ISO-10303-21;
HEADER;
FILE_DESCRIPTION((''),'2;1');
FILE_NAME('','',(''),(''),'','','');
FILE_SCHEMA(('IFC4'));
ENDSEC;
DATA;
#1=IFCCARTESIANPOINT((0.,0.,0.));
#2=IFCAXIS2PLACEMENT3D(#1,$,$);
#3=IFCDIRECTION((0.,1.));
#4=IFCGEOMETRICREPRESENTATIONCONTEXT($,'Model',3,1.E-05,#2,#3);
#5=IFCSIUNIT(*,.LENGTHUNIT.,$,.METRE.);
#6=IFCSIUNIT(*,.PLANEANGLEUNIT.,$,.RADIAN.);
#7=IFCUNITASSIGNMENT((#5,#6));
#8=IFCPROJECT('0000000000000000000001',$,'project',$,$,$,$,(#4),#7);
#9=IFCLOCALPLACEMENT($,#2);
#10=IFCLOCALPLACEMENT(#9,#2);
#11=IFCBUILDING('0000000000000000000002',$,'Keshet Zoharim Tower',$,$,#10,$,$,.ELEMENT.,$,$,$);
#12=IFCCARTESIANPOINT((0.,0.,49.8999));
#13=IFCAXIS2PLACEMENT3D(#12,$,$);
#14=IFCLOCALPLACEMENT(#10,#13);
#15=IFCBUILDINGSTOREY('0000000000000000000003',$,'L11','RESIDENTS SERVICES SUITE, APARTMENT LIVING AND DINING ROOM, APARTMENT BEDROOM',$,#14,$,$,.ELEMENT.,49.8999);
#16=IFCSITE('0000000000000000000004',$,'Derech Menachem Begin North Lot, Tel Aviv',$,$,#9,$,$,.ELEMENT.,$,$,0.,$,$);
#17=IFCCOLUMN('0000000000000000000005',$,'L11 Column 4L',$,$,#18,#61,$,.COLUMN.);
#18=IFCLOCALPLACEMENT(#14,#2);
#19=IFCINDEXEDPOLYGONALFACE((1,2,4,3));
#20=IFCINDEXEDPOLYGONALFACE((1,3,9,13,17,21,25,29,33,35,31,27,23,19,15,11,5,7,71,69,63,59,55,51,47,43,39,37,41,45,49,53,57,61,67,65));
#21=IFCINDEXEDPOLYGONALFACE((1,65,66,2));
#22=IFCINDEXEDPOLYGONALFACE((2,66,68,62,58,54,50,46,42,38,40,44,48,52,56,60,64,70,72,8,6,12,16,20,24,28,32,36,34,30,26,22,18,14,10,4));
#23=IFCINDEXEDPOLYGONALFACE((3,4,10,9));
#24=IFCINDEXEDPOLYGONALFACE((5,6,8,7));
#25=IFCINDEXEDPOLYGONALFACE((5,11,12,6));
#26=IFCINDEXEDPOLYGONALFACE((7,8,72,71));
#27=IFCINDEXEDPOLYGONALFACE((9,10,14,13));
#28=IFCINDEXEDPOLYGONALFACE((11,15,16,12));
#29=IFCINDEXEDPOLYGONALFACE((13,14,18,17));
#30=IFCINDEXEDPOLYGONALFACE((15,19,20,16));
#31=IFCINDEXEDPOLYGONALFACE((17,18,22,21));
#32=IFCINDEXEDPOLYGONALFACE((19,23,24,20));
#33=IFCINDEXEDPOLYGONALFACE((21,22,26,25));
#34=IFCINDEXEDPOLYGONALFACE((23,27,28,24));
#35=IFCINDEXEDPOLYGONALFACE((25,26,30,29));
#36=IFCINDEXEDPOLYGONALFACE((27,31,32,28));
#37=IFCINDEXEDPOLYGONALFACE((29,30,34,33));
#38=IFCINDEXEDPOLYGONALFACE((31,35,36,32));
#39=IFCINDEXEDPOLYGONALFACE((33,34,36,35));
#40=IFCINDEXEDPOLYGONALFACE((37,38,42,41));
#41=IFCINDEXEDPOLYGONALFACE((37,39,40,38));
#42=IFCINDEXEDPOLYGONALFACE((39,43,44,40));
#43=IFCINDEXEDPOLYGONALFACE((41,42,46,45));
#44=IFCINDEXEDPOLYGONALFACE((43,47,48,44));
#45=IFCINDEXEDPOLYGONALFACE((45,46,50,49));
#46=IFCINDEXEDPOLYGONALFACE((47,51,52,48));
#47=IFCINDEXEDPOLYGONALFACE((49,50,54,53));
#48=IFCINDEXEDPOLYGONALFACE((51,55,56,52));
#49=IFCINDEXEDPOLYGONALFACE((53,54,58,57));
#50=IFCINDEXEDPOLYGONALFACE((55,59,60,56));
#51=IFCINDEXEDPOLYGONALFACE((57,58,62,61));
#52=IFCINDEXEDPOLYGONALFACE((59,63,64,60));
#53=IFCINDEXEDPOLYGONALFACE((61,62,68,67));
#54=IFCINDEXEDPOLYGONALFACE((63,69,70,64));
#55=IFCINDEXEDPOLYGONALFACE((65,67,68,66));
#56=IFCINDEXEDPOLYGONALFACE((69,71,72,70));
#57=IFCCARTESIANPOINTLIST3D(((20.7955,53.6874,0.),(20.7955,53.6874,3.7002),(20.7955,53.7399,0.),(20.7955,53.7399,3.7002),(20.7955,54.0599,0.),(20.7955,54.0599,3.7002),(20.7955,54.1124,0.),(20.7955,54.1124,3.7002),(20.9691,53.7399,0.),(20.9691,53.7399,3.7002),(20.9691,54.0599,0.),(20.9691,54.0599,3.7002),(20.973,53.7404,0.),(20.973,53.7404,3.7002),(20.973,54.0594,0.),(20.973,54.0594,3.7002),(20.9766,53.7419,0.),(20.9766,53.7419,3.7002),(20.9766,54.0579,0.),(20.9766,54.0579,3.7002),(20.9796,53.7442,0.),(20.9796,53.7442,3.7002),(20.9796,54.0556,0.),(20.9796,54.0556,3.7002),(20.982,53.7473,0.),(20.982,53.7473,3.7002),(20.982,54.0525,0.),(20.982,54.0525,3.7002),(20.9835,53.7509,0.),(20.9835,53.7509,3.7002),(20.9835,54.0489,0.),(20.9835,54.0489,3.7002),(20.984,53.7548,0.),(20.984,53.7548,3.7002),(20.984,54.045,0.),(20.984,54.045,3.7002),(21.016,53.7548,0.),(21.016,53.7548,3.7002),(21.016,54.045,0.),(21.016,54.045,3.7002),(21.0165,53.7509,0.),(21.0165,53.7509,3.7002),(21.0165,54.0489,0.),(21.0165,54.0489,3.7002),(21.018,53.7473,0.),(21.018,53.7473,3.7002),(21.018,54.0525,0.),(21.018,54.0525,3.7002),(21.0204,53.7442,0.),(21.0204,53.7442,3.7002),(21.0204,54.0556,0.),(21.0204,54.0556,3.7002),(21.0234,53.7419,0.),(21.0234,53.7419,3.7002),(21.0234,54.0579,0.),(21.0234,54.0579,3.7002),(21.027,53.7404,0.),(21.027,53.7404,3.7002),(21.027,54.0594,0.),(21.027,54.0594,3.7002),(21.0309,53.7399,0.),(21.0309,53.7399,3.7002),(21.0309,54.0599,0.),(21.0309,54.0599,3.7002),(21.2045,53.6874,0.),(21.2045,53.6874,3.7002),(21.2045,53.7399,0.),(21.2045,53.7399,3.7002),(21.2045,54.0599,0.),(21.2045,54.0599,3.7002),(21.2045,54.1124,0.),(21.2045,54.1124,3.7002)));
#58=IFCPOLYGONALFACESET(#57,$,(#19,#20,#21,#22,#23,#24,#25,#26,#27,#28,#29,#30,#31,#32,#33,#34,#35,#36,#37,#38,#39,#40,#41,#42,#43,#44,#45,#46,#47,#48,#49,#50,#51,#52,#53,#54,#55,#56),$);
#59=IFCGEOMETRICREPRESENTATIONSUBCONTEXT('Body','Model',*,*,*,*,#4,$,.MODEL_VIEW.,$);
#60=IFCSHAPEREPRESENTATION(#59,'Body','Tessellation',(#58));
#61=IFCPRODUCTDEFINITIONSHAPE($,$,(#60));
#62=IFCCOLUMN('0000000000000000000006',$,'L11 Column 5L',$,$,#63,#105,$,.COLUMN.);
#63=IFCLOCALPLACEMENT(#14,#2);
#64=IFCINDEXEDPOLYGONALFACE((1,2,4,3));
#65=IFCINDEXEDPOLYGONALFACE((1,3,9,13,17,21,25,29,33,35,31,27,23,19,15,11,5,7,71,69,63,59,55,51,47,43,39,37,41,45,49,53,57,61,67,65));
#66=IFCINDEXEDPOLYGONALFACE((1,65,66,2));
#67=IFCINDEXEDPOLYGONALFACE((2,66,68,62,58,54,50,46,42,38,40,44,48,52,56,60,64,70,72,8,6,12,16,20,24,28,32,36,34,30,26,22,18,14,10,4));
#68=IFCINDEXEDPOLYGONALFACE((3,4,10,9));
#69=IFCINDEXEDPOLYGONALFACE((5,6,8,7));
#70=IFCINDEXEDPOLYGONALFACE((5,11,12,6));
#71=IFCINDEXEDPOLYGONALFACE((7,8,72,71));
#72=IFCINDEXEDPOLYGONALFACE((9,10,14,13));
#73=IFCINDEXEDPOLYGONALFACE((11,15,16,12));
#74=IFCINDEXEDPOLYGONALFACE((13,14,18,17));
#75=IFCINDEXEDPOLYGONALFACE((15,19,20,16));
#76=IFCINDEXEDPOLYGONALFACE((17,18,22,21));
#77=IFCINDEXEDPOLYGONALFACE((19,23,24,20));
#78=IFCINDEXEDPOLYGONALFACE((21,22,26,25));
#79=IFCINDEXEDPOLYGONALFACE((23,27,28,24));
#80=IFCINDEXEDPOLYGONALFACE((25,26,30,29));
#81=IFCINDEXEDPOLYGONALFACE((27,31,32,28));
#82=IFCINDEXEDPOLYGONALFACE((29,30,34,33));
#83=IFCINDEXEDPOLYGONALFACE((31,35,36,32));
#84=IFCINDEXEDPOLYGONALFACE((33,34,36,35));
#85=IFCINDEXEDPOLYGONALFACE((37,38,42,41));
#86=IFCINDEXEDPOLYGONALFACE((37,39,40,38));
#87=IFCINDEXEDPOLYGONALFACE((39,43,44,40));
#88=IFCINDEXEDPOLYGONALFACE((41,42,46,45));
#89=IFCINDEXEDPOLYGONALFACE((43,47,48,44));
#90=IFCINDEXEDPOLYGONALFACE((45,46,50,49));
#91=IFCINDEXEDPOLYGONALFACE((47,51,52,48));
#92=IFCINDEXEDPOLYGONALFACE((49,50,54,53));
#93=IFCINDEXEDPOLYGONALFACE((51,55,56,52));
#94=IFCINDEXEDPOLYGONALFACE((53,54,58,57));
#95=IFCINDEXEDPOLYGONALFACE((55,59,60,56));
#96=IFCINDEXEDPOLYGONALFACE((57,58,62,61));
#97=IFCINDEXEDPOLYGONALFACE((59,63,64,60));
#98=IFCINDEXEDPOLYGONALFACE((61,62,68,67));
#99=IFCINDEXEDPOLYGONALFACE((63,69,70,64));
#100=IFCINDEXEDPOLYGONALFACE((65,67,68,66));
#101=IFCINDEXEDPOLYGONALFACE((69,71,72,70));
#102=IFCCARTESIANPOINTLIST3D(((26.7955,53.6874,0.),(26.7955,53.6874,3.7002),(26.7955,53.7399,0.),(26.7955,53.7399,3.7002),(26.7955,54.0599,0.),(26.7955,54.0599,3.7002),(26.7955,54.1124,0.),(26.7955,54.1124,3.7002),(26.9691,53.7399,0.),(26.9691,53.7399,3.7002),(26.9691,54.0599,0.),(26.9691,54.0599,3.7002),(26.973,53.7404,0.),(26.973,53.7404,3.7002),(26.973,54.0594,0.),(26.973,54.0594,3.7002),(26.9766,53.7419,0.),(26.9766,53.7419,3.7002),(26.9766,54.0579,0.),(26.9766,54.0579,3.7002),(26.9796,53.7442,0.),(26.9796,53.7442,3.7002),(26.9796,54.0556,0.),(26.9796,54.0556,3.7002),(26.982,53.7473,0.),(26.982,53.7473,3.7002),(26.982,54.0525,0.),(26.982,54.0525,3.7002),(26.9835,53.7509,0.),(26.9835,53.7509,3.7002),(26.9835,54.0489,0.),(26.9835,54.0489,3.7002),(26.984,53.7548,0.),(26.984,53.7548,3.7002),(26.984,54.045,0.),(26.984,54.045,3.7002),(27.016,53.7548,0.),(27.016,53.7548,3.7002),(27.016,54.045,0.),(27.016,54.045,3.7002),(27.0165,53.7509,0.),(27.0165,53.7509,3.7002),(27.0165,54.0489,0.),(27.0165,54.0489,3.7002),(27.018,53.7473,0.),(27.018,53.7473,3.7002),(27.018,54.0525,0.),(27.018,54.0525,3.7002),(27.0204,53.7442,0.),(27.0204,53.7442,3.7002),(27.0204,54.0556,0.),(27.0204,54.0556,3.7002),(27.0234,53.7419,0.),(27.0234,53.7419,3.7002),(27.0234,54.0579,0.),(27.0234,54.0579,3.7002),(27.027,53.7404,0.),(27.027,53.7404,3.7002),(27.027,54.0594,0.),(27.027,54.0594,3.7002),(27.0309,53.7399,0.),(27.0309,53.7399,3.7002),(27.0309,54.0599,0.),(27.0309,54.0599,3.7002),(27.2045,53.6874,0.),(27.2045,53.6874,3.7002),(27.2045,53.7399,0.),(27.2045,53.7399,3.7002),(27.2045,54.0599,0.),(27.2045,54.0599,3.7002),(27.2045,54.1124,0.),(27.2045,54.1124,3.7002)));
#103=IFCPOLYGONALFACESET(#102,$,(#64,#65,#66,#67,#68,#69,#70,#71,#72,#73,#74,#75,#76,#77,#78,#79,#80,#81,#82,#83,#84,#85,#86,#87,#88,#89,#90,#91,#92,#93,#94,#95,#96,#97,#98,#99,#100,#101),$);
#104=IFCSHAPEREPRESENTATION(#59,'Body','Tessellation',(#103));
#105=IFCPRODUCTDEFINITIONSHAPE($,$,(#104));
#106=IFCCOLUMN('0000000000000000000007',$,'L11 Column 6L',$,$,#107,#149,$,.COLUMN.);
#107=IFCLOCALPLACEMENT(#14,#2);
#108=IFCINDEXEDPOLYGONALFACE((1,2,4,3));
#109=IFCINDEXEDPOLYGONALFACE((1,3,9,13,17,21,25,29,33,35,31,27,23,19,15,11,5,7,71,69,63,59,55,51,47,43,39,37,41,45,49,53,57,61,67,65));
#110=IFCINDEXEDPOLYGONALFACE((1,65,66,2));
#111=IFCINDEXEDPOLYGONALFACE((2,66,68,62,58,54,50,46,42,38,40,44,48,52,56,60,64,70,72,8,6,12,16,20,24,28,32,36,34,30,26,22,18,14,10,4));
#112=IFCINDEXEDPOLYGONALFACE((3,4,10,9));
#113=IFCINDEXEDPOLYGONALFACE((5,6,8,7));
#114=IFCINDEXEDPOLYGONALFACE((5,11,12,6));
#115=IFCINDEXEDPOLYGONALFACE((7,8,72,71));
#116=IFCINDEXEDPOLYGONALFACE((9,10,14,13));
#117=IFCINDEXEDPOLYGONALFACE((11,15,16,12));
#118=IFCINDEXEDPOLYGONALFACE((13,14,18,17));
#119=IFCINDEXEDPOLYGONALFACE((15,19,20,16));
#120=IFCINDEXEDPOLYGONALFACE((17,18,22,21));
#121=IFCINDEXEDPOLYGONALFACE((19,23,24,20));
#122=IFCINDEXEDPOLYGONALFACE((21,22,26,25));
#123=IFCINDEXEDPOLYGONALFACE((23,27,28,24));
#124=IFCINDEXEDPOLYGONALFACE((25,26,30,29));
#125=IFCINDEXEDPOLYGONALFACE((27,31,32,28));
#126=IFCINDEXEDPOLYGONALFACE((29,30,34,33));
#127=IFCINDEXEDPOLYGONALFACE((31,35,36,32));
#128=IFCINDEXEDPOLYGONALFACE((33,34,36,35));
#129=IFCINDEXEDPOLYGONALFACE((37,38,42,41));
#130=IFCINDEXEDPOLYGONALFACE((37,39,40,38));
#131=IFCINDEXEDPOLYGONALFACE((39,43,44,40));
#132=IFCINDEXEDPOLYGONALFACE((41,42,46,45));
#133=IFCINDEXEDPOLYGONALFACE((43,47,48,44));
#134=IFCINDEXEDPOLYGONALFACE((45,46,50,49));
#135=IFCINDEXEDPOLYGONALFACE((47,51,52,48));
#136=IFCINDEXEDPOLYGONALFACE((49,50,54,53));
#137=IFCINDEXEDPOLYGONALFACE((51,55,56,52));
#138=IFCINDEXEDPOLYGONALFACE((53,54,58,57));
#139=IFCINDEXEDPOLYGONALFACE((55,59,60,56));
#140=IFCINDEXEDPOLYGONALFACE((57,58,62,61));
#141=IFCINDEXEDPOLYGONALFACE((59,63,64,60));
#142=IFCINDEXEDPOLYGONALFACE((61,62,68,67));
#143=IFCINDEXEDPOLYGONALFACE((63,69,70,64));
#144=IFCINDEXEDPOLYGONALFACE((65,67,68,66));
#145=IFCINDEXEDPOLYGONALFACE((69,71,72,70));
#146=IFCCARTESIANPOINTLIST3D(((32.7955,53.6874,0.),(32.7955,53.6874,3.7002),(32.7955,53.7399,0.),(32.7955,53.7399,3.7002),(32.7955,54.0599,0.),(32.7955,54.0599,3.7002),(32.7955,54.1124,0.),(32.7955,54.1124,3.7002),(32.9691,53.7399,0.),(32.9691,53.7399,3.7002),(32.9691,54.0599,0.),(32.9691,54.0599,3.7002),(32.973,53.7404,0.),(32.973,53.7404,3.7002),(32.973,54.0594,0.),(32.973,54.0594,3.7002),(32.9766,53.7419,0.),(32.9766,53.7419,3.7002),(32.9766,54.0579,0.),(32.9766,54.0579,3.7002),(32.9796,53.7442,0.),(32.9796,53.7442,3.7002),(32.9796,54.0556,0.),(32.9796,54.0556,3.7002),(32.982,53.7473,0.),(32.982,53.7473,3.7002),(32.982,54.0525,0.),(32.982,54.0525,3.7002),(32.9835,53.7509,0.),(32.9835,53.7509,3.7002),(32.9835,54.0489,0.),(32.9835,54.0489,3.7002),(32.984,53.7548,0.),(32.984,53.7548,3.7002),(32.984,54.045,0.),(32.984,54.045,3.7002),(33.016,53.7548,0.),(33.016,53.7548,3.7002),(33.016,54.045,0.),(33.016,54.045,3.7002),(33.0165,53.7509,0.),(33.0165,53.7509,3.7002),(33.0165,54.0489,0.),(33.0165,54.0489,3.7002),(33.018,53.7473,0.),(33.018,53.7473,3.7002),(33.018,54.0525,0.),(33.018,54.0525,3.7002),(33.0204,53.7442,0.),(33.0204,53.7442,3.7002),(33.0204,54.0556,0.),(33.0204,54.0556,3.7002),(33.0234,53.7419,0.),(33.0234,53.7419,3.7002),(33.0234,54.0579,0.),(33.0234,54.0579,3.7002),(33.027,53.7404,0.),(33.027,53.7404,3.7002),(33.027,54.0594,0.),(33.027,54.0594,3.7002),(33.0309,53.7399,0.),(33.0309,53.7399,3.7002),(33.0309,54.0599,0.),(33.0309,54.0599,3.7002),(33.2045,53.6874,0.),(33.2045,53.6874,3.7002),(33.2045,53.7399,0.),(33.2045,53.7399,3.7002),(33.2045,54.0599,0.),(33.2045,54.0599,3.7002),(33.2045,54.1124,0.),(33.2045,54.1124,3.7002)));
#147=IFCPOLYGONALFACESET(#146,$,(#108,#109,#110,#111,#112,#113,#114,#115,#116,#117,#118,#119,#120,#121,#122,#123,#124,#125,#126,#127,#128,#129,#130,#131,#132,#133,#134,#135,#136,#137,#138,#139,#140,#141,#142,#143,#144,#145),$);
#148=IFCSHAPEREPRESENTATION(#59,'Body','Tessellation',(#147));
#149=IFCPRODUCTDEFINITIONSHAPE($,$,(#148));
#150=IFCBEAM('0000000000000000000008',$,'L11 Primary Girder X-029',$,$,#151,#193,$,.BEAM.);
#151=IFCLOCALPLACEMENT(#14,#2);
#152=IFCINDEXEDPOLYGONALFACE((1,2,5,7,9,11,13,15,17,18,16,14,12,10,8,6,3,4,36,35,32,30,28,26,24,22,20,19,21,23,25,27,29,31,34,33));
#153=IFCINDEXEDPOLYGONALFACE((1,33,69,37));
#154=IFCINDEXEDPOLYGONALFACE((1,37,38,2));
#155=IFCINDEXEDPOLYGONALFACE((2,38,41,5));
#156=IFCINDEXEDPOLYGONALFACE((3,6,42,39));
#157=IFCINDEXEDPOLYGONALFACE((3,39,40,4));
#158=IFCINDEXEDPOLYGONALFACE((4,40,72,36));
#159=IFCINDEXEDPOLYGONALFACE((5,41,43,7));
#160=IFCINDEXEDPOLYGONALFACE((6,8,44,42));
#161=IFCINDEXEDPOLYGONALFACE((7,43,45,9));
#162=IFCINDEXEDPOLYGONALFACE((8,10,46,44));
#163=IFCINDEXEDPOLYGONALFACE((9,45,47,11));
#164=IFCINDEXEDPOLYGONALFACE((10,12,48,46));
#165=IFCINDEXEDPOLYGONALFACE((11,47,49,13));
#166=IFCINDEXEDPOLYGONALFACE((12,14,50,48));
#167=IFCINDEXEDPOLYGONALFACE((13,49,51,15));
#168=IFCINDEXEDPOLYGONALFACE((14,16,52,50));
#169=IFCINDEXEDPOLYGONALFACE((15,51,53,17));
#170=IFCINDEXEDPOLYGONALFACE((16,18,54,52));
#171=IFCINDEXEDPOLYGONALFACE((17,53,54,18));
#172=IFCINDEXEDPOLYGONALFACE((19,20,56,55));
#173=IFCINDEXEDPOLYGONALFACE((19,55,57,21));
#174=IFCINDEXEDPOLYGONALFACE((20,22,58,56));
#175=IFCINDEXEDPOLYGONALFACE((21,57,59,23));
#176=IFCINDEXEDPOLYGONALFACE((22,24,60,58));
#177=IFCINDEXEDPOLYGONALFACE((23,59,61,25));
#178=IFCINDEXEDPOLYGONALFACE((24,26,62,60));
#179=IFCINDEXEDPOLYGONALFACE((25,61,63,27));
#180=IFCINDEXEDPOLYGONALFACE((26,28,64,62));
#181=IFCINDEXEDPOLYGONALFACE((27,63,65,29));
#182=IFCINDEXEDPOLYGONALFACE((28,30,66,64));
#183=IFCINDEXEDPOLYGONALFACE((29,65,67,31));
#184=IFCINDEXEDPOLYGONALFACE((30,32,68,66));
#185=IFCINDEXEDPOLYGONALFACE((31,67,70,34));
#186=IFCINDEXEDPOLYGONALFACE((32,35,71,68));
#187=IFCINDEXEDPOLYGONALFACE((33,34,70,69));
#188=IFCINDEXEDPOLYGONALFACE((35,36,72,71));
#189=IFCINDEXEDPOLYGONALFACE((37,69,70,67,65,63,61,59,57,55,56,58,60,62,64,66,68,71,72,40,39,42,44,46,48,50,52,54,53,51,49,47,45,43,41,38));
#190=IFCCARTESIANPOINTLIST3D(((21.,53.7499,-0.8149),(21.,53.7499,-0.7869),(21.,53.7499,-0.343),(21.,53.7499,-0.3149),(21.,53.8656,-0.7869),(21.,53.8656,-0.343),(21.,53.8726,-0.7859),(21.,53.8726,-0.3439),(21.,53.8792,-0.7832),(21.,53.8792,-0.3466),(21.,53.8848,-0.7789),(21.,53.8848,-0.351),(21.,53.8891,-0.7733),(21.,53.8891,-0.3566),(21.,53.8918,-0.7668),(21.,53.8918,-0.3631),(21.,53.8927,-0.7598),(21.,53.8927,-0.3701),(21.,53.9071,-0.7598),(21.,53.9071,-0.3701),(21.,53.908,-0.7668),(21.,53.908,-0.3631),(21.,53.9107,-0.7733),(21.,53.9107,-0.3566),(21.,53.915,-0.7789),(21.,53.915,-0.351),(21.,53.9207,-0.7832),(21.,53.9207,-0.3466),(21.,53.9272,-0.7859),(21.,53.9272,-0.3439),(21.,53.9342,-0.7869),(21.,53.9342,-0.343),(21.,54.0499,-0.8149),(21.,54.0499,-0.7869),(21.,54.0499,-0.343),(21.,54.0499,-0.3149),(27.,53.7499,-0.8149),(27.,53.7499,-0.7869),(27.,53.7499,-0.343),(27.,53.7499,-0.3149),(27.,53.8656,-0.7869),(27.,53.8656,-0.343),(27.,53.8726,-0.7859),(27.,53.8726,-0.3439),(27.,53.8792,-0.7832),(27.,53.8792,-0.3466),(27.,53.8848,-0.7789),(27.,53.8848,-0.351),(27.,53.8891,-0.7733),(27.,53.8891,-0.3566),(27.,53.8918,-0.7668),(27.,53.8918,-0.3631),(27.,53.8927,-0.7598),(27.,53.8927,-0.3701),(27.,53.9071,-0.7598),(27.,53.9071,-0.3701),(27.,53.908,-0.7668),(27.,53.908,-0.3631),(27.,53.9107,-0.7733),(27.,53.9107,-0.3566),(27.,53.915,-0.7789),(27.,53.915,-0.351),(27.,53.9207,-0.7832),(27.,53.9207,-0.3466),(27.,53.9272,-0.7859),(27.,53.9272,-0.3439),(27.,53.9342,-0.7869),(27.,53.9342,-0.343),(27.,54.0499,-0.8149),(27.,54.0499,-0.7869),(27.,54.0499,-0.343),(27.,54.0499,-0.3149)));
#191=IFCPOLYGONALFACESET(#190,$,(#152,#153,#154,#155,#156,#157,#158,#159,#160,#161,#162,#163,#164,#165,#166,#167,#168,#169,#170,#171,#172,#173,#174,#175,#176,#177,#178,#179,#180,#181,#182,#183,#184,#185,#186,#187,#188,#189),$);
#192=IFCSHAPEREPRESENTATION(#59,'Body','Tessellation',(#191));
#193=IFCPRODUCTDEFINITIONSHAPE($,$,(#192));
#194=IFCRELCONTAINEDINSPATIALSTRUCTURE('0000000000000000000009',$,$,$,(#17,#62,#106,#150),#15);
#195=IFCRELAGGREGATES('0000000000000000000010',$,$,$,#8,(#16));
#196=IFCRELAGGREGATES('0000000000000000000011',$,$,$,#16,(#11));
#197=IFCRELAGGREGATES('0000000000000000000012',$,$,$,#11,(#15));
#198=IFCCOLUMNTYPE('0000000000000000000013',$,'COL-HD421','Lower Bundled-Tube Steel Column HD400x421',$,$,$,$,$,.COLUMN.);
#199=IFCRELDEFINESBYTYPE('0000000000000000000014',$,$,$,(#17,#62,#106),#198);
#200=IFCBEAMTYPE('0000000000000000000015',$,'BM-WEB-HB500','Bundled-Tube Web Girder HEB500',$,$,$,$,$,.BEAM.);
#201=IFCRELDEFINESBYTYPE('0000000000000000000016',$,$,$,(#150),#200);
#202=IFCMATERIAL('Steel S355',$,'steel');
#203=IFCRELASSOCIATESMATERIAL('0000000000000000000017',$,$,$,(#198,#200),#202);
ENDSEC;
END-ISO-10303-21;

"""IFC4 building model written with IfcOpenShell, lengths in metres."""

from ifc_helpers import new_model, si_unit, direction, frame, origin, origin_2d, place, context, subcontext, project, spatial, i_section, extrude, material, material_profile, profile_set, type_object, element, save


model = new_model("IFC4")

# Units and contexts
model_context = context("Model", 3, precision=1e-05, world=origin(), true_north=direction((0.0, 1.0)))
body_context = subcontext(model_context, "Body", "Model", "MODEL_VIEW")
ifc_project = project(units=[si_unit("LENGTHUNIT", "METRE"), si_unit("PLANEANGLEUNIT", "RADIAN")], contexts=[model_context])

# Site, building, storey
site_placement = place(None, origin())
site = spatial("IfcSite", under=ifc_project, at=site_placement, Name="Derech Menachem Begin North Lot, Tel Aviv", CompositionType="ELEMENT", RefElevation=0.0)
building_placement = place(site_placement, origin())
building = spatial("IfcBuilding", under=site, at=building_placement, Name="Keshet Zoharim Tower", CompositionType="ELEMENT")
storey_placement = place(building_placement, frame((0.0, 0.0, 49.8999)))
storey = spatial("IfcBuildingStorey", under=building, at=storey_placement, Name="L11", Description="RESIDENTS SERVICES SUITE, APARTMENT LIVING AND DINING ROOM, APARTMENT BEDROOM", CompositionType="ELEMENT", Elevation=49.8999)

# Columns
ifc_material_1 = material(Name="Steel S355", Category="steel")
ifc_material_profile_1 = material_profile(ifc_material_1, i_section(OverallWidth=0.4089, OverallDepth=0.425, WebThickness=0.032, FlangeThickness=0.0525, FilletRadius=0.0149, at=origin_2d()), Name="HD400x421")
ifc_profile_set_1 = profile_set([ifc_material_profile_1], Name="Steel S355")
column_type = type_object("IfcColumnType", Name="COL-HD421", Description="Lower Bundled-Tube Steel Column HD400x421", PredefinedType="COLUMN", material=ifc_profile_set_1)
for number, where, z_axis, x_axis, name in (
    (1, (21.0, 53.8999, 0.0), (0.0, 0.0, 1.0), (1.0, 0.0, 0.0), "L11 Column 4L"),
    (2, (27.0, 53.8999, 0.0), (0.0, 0.0, 1.0), (1.0, 0.0, 0.0), "L11 Column 5L"),
    (3, (33.0, 53.8999, 0.0), (0.0, 0.0, 1.0), (1.0, 0.0, 0.0), "L11 Column 6L"),
):
    element("IfcColumn", number, at=place(storey_placement, frame(where, z_axis=z_axis, x_axis=x_axis)), inside=storey, type_object=column_type, Name=name, PredefinedType="COLUMN", context=body_context, shape_type="SweptSolid", body=[
        extrude(i_section(OverallWidth=0.4089, OverallDepth=0.425, WebThickness=0.032, FlangeThickness=0.0525, FilletRadius=0.0149, at=origin_2d()), origin(), (0.0, 0.0, 1.0), 3.7002),
    ])

# Beam
ifc_material_profile_2 = material_profile(ifc_material_1, i_section(OverallWidth=0.3, OverallDepth=0.5, WebThickness=0.0144, FlangeThickness=0.0281, FilletRadius=0.0271, at=origin_2d()), Name="HEB500")
ifc_profile_set_2 = profile_set([ifc_material_profile_2], Name="Steel S355")
beam_type = type_object("IfcBeamType", Name="BM-WEB-HB500", Description="Bundled-Tube Web Girder HEB500", PredefinedType="BEAM", material=ifc_profile_set_2)
for number, where, z_axis, x_axis, name in (
    (4, (21.0, 53.8999, -0.5649), (1.0, 0.0, 0.0), (0.0, 1.0, 0.0), "L11 Primary Girder X-029"),
):
    element("IfcBeam", number, at=place(storey_placement, frame(where, z_axis=z_axis, x_axis=x_axis)), inside=storey, type_object=beam_type, Name=name, PredefinedType="BEAM", context=body_context, shape_type="SweptSolid", body=[
        extrude(i_section(OverallWidth=0.3, OverallDepth=0.5, WebThickness=0.0144, FlangeThickness=0.0281, FilletRadius=0.0271, at=origin_2d()), origin(), (0.0, 0.0, 1.0), 6.0),
    ])

save(model, "model.ifc")
